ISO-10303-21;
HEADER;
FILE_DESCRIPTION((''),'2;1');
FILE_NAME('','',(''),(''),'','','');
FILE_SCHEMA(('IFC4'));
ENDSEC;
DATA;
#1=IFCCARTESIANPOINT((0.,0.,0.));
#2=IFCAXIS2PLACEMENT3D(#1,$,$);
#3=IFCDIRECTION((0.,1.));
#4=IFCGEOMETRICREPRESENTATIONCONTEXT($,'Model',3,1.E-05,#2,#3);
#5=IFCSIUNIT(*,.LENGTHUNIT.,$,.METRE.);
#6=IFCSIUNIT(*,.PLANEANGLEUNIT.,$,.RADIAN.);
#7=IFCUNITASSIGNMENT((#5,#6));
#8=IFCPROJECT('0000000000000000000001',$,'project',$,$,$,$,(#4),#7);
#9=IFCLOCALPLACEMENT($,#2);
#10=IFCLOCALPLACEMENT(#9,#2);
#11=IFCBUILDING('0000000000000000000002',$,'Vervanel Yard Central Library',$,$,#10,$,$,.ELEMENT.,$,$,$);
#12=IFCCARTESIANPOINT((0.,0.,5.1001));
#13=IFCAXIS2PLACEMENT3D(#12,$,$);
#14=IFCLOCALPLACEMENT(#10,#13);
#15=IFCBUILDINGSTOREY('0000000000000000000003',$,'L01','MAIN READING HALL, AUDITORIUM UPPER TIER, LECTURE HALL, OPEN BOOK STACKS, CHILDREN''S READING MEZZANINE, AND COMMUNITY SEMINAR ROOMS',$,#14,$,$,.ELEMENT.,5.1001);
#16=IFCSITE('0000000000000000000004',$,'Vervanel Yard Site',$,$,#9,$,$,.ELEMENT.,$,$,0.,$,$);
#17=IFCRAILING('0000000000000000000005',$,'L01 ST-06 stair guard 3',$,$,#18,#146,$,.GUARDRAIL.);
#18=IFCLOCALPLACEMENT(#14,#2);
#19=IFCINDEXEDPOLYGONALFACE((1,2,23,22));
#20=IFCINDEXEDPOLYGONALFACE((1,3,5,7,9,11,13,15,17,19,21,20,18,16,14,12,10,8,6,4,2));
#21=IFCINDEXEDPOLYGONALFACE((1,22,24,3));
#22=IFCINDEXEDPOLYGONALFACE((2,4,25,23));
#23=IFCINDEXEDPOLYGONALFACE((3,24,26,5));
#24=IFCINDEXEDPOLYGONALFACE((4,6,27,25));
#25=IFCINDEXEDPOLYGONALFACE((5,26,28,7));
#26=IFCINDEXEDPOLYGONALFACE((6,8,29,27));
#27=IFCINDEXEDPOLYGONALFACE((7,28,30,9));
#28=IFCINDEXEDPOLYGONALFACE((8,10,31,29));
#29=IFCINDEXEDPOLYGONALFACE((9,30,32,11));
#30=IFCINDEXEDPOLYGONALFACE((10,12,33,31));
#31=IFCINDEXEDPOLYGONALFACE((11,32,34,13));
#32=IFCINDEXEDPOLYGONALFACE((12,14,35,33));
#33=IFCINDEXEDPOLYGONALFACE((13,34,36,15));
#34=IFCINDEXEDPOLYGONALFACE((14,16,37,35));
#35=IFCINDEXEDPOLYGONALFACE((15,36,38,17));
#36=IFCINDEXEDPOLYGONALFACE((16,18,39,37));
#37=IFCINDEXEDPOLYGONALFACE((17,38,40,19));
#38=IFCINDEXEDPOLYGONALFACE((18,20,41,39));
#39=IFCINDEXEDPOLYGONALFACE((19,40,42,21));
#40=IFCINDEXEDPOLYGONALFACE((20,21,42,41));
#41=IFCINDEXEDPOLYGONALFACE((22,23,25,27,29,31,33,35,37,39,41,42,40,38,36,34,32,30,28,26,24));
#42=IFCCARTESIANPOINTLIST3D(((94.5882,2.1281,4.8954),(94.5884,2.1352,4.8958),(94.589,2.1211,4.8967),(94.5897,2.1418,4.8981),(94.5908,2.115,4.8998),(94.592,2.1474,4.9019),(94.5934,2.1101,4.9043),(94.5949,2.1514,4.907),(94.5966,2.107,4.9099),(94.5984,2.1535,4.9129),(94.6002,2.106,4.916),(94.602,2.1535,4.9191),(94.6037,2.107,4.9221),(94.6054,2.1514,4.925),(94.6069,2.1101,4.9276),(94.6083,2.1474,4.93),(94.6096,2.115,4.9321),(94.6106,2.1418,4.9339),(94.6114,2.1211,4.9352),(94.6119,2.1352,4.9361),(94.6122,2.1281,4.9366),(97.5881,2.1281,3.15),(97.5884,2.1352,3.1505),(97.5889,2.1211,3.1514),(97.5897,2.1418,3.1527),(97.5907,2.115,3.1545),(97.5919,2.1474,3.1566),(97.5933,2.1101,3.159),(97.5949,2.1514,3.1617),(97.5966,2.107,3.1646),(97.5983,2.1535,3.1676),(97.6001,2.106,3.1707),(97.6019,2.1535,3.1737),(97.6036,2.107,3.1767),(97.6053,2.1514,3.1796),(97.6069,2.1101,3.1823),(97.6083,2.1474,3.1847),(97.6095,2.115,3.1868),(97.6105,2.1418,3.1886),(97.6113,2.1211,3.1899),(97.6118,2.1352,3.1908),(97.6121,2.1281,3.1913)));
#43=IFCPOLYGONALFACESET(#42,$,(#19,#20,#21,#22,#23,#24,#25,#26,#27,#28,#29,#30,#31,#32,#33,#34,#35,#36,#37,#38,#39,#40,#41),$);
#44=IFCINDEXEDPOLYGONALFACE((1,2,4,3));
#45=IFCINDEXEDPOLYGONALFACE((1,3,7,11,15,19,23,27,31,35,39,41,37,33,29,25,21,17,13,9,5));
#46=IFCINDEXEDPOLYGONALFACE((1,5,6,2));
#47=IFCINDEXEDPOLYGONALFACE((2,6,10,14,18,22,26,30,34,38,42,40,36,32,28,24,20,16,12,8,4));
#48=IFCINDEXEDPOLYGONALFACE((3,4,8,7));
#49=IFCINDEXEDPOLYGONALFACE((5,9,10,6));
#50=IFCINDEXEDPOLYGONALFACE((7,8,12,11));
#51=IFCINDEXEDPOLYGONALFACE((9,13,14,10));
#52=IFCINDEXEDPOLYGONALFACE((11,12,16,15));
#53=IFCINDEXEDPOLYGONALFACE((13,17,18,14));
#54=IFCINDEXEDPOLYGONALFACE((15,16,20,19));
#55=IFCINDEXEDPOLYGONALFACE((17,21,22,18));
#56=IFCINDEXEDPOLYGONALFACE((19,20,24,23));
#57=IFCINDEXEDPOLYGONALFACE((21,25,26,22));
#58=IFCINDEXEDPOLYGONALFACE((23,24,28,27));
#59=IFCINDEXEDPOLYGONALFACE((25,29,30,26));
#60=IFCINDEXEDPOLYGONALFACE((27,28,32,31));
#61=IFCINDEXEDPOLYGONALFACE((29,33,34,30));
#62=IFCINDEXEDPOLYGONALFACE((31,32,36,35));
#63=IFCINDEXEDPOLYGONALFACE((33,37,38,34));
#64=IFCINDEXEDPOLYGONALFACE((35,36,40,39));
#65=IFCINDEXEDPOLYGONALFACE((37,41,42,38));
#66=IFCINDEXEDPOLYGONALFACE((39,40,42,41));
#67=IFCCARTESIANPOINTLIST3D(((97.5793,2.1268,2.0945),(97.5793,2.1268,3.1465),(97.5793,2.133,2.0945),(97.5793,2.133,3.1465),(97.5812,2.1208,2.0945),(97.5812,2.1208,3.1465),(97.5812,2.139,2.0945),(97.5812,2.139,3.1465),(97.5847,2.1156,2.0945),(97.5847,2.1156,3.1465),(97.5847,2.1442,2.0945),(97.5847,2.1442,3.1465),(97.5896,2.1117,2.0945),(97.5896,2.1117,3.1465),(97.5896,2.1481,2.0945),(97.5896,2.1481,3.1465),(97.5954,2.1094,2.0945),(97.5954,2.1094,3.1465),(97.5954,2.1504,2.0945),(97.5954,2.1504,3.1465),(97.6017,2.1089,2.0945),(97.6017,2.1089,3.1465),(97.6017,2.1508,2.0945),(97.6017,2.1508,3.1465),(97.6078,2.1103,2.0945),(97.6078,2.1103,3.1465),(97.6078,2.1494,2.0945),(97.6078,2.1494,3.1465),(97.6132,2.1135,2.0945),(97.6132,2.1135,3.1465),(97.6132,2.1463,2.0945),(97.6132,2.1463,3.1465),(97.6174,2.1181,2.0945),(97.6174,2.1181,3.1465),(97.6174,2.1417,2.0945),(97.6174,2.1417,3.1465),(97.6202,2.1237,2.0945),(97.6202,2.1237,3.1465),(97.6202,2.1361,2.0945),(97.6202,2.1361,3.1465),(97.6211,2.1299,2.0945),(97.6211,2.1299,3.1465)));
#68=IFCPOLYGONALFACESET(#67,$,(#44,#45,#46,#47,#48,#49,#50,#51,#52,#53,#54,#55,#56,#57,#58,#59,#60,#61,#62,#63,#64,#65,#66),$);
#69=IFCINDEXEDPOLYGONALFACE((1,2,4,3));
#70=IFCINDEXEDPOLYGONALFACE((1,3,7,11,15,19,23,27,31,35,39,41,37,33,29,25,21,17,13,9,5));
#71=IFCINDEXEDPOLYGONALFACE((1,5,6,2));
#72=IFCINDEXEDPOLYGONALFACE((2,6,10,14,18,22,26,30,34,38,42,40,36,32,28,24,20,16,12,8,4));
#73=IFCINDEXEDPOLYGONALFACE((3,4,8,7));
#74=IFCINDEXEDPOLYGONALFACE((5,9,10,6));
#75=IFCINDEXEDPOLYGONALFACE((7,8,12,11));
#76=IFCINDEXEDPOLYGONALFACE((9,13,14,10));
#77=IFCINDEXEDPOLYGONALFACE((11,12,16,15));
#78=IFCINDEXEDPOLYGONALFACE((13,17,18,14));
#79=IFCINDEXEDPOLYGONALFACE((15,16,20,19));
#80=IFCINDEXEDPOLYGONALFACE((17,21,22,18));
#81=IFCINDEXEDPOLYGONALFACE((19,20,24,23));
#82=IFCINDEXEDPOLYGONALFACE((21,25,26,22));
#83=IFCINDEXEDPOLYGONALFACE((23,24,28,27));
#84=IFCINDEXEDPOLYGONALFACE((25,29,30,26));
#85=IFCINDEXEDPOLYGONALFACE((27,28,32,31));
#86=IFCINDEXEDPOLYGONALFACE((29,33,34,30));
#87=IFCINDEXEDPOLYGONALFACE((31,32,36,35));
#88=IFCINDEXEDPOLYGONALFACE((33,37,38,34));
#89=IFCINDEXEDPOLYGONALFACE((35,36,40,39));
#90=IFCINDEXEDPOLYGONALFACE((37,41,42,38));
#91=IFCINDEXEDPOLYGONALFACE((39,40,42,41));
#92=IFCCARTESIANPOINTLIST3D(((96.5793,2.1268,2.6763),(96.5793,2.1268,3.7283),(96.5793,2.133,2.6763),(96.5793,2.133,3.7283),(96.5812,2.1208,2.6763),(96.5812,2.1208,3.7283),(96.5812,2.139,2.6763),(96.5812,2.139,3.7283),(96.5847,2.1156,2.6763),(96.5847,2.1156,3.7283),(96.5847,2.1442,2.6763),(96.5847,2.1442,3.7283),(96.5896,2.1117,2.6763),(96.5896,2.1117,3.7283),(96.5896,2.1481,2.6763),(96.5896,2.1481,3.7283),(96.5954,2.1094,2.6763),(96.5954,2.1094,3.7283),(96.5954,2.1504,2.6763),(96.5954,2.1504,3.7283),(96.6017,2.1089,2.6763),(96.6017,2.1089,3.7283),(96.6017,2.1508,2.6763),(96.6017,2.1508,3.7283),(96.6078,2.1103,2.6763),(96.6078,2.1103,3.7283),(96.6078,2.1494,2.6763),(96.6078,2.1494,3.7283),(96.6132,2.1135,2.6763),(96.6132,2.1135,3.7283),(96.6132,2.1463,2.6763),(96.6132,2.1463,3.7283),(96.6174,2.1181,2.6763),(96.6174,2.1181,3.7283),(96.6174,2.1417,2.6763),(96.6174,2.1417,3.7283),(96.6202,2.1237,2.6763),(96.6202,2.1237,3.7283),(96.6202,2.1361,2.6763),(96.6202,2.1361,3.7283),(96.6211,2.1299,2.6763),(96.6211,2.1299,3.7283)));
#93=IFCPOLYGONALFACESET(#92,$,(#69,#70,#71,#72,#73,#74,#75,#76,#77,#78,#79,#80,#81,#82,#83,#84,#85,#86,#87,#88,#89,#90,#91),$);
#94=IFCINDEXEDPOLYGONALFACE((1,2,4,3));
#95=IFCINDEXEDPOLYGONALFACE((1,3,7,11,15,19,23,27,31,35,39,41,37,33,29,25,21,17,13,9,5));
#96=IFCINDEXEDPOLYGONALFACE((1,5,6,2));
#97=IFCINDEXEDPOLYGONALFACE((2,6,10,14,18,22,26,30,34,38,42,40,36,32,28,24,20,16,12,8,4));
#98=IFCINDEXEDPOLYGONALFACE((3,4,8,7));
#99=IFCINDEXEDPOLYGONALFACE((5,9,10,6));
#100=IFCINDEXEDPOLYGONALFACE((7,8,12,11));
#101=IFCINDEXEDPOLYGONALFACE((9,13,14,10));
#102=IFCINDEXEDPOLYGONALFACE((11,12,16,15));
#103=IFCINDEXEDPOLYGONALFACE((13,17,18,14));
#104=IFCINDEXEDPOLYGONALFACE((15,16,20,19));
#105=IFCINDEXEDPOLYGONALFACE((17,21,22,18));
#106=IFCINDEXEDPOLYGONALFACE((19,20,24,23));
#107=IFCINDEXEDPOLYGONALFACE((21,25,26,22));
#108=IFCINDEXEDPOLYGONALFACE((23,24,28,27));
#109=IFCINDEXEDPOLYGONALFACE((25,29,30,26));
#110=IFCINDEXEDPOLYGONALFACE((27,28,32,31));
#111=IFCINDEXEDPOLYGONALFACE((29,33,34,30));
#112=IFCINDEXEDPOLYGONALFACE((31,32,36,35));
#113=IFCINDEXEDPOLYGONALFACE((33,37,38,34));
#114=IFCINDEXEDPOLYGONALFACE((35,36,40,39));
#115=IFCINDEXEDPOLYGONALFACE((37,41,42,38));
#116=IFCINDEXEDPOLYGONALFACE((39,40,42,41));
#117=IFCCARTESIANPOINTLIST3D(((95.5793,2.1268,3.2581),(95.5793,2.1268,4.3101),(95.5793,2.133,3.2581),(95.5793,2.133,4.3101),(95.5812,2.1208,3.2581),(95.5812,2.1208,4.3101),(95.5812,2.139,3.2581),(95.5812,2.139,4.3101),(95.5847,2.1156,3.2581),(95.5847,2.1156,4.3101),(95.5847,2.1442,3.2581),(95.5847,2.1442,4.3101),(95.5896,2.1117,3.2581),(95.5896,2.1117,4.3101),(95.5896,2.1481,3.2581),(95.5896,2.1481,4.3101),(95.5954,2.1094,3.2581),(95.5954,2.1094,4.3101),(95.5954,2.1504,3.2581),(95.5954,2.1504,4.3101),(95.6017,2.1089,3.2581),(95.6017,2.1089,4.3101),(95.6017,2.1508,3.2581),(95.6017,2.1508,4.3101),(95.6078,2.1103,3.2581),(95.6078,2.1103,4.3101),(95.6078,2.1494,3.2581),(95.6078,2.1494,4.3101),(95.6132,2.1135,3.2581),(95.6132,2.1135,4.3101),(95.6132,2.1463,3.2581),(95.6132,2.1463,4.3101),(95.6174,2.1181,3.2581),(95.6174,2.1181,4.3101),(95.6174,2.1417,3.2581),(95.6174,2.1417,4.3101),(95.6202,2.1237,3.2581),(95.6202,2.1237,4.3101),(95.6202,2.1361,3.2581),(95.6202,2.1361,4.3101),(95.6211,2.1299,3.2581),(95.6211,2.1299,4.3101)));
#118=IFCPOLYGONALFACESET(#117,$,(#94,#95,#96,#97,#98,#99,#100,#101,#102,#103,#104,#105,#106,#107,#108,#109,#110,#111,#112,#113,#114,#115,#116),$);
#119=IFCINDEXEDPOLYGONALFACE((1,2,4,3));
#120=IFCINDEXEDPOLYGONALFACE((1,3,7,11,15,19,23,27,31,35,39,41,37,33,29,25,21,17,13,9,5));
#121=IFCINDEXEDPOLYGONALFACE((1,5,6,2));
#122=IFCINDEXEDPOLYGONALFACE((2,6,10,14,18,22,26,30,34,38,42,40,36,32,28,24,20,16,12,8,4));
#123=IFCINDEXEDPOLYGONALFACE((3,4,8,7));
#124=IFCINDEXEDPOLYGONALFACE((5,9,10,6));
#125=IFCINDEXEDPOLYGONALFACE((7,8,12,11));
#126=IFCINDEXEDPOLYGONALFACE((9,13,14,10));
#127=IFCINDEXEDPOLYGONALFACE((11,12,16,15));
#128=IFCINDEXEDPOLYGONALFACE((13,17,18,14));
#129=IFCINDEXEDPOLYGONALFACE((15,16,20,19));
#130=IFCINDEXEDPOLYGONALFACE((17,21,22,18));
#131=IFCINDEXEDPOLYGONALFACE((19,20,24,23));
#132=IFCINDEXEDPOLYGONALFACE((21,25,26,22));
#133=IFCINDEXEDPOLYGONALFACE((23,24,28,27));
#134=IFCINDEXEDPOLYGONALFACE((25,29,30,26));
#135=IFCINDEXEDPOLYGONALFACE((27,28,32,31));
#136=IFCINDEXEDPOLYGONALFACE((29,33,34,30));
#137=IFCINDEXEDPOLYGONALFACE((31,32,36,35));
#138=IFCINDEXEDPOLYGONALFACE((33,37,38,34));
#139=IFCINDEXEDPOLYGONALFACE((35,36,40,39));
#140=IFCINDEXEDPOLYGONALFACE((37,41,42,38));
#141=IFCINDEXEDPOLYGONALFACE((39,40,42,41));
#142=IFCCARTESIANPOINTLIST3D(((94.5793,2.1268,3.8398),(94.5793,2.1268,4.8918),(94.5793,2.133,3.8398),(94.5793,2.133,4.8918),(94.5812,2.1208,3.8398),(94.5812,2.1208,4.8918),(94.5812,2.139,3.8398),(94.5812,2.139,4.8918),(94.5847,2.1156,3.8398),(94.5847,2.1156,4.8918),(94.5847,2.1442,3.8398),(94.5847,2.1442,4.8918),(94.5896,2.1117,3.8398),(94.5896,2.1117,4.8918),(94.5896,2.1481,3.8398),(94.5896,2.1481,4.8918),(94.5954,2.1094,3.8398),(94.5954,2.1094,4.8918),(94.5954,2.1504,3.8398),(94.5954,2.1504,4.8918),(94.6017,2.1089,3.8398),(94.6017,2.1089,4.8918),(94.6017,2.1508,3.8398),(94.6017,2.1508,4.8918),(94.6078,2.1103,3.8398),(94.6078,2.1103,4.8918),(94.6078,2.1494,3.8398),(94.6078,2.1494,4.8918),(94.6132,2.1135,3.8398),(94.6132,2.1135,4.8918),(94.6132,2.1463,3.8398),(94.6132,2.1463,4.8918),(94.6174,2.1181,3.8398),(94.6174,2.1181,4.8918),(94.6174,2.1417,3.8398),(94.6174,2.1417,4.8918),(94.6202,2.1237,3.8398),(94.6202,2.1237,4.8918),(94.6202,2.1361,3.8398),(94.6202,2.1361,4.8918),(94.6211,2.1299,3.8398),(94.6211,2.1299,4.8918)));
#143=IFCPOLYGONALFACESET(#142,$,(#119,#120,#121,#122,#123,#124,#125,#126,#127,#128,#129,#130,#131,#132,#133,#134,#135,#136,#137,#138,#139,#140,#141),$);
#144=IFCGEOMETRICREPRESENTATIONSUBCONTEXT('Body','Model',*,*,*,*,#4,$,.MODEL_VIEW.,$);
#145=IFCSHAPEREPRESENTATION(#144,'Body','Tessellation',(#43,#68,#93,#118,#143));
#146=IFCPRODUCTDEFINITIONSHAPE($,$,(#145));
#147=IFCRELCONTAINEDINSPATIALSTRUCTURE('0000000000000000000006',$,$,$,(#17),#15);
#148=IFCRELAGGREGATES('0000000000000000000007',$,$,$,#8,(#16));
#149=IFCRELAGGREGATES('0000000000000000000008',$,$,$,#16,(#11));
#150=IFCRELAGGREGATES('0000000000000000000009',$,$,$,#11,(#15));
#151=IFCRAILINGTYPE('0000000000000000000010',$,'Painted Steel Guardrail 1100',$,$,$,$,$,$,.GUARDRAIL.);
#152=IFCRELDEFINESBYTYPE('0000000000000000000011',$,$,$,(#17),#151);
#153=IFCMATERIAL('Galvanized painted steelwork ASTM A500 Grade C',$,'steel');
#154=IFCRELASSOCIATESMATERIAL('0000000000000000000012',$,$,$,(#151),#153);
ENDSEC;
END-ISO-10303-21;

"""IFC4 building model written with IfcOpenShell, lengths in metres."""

from ifc_helpers import new_model, si_unit, direction, frame, origin, origin_2d, place, context, subcontext, project, spatial, circle, extrude, material, type_object, element, save


model = new_model("IFC4")

# Units and contexts
model_context = context("Model", 3, precision=1e-05, world=origin(), true_north=direction((0.0, 1.0)))
body_context = subcontext(model_context, "Body", "Model", "MODEL_VIEW")
ifc_project = project(units=[si_unit("LENGTHUNIT", "METRE"), si_unit("PLANEANGLEUNIT", "RADIAN")], contexts=[model_context])

# Site, building, storey
site_placement = place(None, origin())
site = spatial("IfcSite", under=ifc_project, at=site_placement, Name="Vervanel Yard Site", CompositionType="ELEMENT", RefElevation=0.0)
building_placement = place(site_placement, origin())
building = spatial("IfcBuilding", under=site, at=building_placement, Name="Vervanel Yard Central Library", CompositionType="ELEMENT")
storey_placement = place(building_placement, frame((0.0, 0.0, 5.1001)))
storey = spatial("IfcBuildingStorey", under=building, at=storey_placement, Name="L01", Description="MAIN READING HALL, AUDITORIUM UPPER TIER, LECTURE HALL, OPEN BOOK STACKS, CHILDREN'S READING MEZZANINE, AND COMMUNITY SEMINAR ROOMS", CompositionType="ELEMENT", Elevation=5.1001)

# Shared definitions
ifc_material_1 = material(Name="Galvanized painted steelwork ASTM A500 Grade C", Category="steel")

# Railing
railing_type_1 = type_object("IfcRailingType", Name="Painted Steel Guardrail 1100", PredefinedType="GUARDRAIL", material=ifc_material_1)
railing_1_placement = place(storey_placement, frame((97.6001, 2.1299, 2.0945)))
element("IfcRailing", 1, at=railing_1_placement, inside=storey, type_object=railing_type_1, Name="L01 ST-06 stair guard 3", PredefinedType="GUARDRAIL", context=body_context, shape_type="SweptSolid", body=[
    extrude(circle(Radius=0.0239, at=origin_2d()), frame((0.0, 0.0, 1.0762), z_axis=(-0.86436, 0.0, 0.502874), x_axis=(0.0, -1.0, 0.0)), (0.0, 0.0, 1.0), 3.4707),
    extrude(circle(Radius=0.021, at=origin_2d()), origin(), (0.0, 0.0, 1.0), 1.052),
    extrude(circle(Radius=0.021, at=origin_2d()), frame((-1.0, 0.0, 0.5818)), (0.0, 0.0, 1.0), 1.052),
    extrude(circle(Radius=0.021, at=origin_2d()), frame((-2.0, 0.0, 1.1636)), (0.0, 0.0, 1.0), 1.052),
    extrude(circle(Radius=0.021, at=origin_2d()), frame((-3.0, 0.0, 1.7454)), (0.0, 0.0, 1.0), 1.052),
])

save(model, "model.ifc")
